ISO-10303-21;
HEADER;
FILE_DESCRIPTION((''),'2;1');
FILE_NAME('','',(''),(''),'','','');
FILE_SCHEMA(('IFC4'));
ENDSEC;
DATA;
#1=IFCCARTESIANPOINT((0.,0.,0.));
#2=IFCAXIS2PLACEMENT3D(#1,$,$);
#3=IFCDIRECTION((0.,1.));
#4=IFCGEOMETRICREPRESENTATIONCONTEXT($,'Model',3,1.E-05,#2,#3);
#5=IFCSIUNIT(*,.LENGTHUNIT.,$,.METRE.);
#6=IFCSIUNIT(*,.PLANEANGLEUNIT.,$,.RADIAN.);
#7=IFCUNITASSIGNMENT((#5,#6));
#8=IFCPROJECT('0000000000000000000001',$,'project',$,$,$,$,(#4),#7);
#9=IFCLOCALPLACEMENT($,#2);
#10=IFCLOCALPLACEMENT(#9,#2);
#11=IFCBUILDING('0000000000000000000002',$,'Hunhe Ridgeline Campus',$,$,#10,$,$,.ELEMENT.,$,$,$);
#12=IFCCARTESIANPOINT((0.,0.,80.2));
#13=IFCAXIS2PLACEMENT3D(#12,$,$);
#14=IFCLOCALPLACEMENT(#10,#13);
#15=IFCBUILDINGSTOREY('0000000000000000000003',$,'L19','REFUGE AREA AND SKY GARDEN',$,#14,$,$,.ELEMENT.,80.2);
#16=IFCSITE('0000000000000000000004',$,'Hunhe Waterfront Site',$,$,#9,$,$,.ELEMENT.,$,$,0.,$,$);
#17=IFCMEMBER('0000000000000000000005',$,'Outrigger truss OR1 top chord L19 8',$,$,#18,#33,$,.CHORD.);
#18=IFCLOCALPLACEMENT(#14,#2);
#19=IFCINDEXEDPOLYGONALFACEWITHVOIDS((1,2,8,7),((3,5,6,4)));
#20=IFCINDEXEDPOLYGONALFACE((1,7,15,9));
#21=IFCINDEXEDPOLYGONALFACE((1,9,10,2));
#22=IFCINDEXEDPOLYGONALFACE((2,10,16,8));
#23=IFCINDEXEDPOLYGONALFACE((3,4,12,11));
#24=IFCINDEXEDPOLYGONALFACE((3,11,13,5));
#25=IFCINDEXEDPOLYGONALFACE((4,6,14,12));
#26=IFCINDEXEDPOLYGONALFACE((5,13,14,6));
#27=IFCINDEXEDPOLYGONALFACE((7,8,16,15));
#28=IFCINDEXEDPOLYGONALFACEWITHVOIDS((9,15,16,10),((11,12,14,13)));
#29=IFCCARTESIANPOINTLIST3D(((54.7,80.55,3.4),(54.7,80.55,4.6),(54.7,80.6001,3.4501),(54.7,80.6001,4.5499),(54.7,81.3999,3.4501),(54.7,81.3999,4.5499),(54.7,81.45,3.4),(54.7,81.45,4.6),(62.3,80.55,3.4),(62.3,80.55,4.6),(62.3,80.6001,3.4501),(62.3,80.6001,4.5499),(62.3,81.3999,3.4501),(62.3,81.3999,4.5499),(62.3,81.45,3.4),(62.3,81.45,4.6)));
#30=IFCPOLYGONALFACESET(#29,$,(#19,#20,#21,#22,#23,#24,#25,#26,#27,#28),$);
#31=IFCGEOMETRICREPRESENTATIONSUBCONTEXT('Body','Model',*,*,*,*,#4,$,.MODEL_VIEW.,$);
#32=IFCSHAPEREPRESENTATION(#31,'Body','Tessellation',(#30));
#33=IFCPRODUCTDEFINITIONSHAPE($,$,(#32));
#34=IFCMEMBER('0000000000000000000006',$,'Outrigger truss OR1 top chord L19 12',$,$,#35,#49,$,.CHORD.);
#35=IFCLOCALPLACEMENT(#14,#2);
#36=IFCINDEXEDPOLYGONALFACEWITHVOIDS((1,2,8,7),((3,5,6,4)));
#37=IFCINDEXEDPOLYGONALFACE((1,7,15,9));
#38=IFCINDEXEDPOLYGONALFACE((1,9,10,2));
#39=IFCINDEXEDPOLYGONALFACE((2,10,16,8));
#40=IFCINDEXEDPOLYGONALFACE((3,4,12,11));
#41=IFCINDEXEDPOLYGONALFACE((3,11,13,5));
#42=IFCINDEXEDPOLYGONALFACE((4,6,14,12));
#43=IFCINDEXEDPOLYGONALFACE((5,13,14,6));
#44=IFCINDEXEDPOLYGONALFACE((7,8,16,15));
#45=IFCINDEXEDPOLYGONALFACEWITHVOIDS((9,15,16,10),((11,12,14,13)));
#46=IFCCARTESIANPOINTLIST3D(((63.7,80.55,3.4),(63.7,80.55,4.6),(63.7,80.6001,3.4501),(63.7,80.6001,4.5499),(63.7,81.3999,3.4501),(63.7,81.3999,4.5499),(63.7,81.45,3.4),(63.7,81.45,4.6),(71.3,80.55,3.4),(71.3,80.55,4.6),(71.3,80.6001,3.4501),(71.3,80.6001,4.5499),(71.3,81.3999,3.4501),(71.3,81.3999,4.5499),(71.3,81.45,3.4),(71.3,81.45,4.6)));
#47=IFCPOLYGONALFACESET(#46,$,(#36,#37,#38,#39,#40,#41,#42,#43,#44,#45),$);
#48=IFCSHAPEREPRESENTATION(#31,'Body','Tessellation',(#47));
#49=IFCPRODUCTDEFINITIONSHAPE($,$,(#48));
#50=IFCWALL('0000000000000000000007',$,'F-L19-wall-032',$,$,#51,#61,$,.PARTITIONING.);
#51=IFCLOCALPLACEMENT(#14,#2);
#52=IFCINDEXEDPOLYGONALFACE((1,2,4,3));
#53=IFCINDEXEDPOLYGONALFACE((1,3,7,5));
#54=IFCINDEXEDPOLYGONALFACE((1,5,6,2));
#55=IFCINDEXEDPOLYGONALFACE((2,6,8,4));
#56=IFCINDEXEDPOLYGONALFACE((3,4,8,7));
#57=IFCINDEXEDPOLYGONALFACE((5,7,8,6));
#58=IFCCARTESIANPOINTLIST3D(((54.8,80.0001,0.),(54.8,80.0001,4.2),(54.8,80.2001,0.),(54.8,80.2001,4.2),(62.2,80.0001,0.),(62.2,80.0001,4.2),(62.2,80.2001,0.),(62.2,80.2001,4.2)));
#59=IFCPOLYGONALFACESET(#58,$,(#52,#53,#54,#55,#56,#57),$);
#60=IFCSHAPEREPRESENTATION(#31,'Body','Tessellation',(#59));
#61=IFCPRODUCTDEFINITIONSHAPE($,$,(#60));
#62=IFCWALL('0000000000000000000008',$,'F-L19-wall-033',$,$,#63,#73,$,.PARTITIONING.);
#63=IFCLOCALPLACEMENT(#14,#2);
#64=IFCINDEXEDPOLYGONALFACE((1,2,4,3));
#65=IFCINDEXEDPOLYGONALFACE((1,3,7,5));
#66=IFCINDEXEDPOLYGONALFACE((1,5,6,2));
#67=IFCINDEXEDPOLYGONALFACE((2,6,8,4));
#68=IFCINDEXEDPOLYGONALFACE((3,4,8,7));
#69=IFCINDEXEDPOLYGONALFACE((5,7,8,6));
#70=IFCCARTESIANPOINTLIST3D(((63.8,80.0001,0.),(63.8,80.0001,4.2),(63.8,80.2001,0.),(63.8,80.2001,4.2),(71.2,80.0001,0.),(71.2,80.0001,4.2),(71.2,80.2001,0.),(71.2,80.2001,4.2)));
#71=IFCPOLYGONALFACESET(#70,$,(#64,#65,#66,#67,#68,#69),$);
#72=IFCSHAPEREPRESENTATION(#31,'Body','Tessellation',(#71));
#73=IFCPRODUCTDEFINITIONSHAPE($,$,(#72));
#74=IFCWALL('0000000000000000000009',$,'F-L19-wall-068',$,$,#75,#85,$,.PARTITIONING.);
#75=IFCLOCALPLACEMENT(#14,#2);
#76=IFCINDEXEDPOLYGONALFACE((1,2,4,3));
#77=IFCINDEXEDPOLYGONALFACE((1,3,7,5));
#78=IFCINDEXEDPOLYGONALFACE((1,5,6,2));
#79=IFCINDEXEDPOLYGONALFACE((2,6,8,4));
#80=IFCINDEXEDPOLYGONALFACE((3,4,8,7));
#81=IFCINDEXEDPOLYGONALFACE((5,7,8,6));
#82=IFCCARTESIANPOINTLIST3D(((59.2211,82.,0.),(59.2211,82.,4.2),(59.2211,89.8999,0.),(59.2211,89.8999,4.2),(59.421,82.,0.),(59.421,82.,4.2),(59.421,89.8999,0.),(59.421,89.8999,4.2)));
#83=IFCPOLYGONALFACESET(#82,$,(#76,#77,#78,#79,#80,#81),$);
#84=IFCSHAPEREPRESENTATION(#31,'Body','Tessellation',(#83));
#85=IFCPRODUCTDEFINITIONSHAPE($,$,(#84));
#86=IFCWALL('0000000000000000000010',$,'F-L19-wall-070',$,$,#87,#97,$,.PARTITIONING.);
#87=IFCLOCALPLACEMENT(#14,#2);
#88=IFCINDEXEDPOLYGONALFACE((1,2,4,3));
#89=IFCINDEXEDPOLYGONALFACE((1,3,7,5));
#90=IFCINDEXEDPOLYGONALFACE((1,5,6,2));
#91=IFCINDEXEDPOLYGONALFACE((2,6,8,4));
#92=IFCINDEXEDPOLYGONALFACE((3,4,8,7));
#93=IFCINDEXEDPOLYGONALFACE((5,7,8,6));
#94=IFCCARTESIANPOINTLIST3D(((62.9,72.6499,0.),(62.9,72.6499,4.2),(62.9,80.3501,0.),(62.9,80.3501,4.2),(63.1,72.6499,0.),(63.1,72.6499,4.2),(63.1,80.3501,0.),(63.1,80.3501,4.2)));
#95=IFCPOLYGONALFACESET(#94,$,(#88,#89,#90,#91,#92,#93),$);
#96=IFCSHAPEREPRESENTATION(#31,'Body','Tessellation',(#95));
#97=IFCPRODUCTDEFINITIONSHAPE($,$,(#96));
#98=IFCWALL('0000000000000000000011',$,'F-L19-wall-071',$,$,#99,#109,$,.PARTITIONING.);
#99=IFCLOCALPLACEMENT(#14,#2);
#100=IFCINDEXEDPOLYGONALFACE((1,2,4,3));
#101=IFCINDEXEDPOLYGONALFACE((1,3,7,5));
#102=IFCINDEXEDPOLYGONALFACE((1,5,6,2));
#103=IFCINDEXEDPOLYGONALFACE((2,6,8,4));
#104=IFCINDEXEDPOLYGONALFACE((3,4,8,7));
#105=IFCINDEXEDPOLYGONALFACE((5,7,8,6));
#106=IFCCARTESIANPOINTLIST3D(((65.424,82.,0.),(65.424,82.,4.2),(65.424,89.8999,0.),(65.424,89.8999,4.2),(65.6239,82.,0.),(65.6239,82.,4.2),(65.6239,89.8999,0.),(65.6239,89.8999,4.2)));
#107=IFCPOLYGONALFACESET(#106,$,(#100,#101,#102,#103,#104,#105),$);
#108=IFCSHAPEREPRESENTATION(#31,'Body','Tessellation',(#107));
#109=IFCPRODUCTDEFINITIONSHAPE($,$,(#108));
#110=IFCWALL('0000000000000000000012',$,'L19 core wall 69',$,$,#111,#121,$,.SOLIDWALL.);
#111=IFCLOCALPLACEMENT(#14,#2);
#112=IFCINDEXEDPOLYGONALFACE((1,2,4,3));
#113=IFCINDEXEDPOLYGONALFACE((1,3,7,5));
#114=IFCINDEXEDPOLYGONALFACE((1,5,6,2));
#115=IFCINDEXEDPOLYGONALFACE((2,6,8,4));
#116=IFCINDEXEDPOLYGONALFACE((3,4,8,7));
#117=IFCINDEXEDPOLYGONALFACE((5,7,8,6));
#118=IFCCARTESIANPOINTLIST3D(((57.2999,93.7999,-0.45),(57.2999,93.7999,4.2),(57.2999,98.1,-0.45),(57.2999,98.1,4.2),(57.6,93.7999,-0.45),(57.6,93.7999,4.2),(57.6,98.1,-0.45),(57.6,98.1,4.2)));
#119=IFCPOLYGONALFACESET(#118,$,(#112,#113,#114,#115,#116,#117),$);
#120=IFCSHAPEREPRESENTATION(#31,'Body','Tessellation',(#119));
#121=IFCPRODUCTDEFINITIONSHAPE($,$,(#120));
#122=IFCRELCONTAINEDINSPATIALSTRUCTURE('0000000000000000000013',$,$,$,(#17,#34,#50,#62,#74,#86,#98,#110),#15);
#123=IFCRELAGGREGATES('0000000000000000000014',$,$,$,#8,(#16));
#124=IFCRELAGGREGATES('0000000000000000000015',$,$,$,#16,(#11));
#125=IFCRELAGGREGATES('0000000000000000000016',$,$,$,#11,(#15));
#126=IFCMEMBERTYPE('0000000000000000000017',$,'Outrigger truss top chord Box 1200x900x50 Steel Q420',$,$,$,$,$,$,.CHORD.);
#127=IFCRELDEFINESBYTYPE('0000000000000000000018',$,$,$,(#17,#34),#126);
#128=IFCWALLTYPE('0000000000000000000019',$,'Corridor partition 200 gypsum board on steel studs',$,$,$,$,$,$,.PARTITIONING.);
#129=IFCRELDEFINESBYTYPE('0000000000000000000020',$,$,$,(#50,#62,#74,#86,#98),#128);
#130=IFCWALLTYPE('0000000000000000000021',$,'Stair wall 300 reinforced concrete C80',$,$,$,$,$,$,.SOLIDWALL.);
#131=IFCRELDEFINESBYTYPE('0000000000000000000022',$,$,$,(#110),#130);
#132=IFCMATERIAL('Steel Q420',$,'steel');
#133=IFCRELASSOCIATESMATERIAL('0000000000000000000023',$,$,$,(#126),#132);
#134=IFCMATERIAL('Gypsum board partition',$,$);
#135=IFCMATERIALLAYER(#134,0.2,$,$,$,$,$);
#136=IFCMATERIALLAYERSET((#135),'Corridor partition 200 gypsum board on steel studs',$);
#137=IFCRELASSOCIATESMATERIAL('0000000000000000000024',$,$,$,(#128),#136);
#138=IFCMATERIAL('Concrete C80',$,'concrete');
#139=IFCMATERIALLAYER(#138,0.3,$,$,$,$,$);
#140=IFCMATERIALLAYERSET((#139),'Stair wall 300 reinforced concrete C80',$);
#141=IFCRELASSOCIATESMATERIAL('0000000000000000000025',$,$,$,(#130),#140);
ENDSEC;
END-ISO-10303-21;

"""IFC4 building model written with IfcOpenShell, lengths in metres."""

from ifc_helpers import new_model, si_unit, direction, frame, frame_2d, origin, origin_2d, place, context, subcontext, project, spatial, rectangle, hollow_rectangle, extrude, material, layer, layer_set, material_profile, profile_set, type_object, element, save


model = new_model("IFC4")

# Units and contexts
model_context = context("Model", 3, precision=1e-05, world=origin(), true_north=direction((0.0, 1.0)))
body_context = subcontext(model_context, "Body", "Model", "MODEL_VIEW")
ifc_project = project(units=[si_unit("LENGTHUNIT", "METRE"), si_unit("PLANEANGLEUNIT", "RADIAN")], contexts=[model_context])

# Site, building, storey
site_placement = place(None, origin())
site = spatial("IfcSite", under=ifc_project, at=site_placement, Name="Hunhe Waterfront Site", CompositionType="ELEMENT", RefElevation=0.0)
building_placement = place(site_placement, origin())
building = spatial("IfcBuilding", under=site, at=building_placement, Name="Hunhe Ridgeline Campus", CompositionType="ELEMENT")
storey_placement = place(building_placement, frame((0.0, 0.0, 80.2)))
storey = spatial("IfcBuildingStorey", under=building, at=storey_placement, Name="L19", Description="REFUGE AREA AND SKY GARDEN", CompositionType="ELEMENT", Elevation=80.2)

# Shared definitions
ifc_material_1 = material(Name="Concrete C80", Category="concrete")

# Members
ifc_material_2 = material(Name="Steel Q420", Category="steel")
ifc_material_profile_1 = material_profile(ifc_material_2, hollow_rectangle(XDim=0.8999, YDim=1.2, WallThickness=0.05, at=origin_2d()))
ifc_profile_set_1 = profile_set([ifc_material_profile_1], Name="Steel Q420")
member_type_1 = type_object("IfcMemberType", Name="Outrigger truss top chord Box 1200x900x50 Steel Q420", PredefinedType="CHORD", material=ifc_profile_set_1)
for number, where, z_axis, x_axis, name in (
    (1, (54.7, 81.0, 4.0), (1.0, 0.0, 0.0), (0.0, 1.0, 0.0), "Outrigger truss OR1 top chord L19 8"),
    (2, (63.7, 81.0, 4.0), (1.0, 0.0, 0.0), (0.0, 1.0, 0.0), "Outrigger truss OR1 top chord L19 12"),
):
    element("IfcMember", number, at=place(storey_placement, frame(where, z_axis=z_axis, x_axis=x_axis)), inside=storey, type_object=member_type_1, Name=name, PredefinedType="CHORD", context=body_context, shape_type="SweptSolid", body=[
        extrude(hollow_rectangle(XDim=0.8999, YDim=1.2, WallThickness=0.05, at=origin_2d()), origin(), (0.0, 0.0, 1.0), 7.6001),
    ])

# Walls
ifc_material_3 = material(Name="Gypsum board partition")
ifc_layer_1 = layer(ifc_material_3, 0.2)
ifc_layer_set_1 = layer_set([ifc_layer_1], Name="Corridor partition 200 gypsum board on steel studs")
wall_type_1 = type_object("IfcWallType", Name="Corridor partition 200 gypsum board on steel studs", PredefinedType="PARTITIONING", material=ifc_layer_set_1)
for number, where, z_axis, x_axis, name in (
    (3, (54.8, 80.1001, 0.0), (0.0, 0.0, 1.0), (1.0, 0.0, 0.0), "F-L19-wall-032"),
    (4, (63.8, 80.1001, 0.0), (0.0, 0.0, 1.0), (1.0, 0.0, 0.0), "F-L19-wall-033"),
):
    element("IfcWall", number, at=place(storey_placement, frame(where, z_axis=z_axis, x_axis=x_axis)), inside=storey, type_object=wall_type_1, Name=name, PredefinedType="PARTITIONING", context=body_context, shape_type="SweptSolid", body=[
        extrude(rectangle(XDim=7.3999, YDim=0.2, at=frame_2d((3.7, 0.0))), origin(), (0.0, 0.0, 1.0), 4.2),
    ])

# Walls
wall_1_placement = place(storey_placement, frame((59.321, 89.8999, 0.0), z_axis=(0.0, 0.0, 1.0), x_axis=(0.0, -1.0, 0.0)))
element("IfcWall", 5, at=wall_1_placement, inside=storey, type_object=wall_type_1, Name="F-L19-wall-068", PredefinedType="PARTITIONING", context=body_context, shape_type="SweptSolid", body=[
    extrude(rectangle(XDim=7.8999, YDim=0.2, at=frame_2d((3.95, 0.0))), origin(), (0.0, 0.0, 1.0), 4.2),
])
wall_2_placement = place(storey_placement, frame((63.0, 80.3501, 0.0), z_axis=(0.0, 0.0, 1.0), x_axis=(0.0, -1.0, 0.0)))
element("IfcWall", 6, at=wall_2_placement, inside=storey, type_object=wall_type_1, Name="F-L19-wall-070", PredefinedType="PARTITIONING", context=body_context, shape_type="SweptSolid", body=[
    extrude(rectangle(XDim=7.7002, YDim=0.2, at=frame_2d((3.8501, 0.0))), origin(), (0.0, 0.0, 1.0), 4.2),
])
wall_3_placement = place(storey_placement, frame((65.5239, 89.8999, 0.0), z_axis=(0.0, 0.0, 1.0), x_axis=(0.0, -1.0, 0.0)))
element("IfcWall", 7, at=wall_3_placement, inside=storey, type_object=wall_type_1, Name="F-L19-wall-071", PredefinedType="PARTITIONING", context=body_context, shape_type="SweptSolid", body=[
    extrude(rectangle(XDim=7.8999, YDim=0.2, at=frame_2d((3.95, 0.0))), origin(), (0.0, 0.0, 1.0), 4.2),
])
ifc_layer_2 = layer(ifc_material_1, 0.3)
ifc_layer_set_2 = layer_set([ifc_layer_2], Name="Stair wall 300 reinforced concrete C80")
wall_type_2 = type_object("IfcWallType", Name="Stair wall 300 reinforced concrete C80", PredefinedType="SOLIDWALL", material=ifc_layer_set_2)
wall_4_placement = place(storey_placement, frame((57.45, 93.8, -0.45), z_axis=(0.0, 0.0, 1.0), x_axis=(0.0, 1.0, 0.0)))
element("IfcWall", 8, at=wall_4_placement, inside=storey, type_object=wall_type_2, Name="L19 core wall 69", PredefinedType="SOLIDWALL", context=body_context, shape_type="SweptSolid", body=[
    extrude(rectangle(XDim=4.3, YDim=0.3, at=frame_2d((2.1499, 0.0))), origin(), (0.0, 0.0, 1.0), 4.6499),
])

save(model, "model.ifc")
